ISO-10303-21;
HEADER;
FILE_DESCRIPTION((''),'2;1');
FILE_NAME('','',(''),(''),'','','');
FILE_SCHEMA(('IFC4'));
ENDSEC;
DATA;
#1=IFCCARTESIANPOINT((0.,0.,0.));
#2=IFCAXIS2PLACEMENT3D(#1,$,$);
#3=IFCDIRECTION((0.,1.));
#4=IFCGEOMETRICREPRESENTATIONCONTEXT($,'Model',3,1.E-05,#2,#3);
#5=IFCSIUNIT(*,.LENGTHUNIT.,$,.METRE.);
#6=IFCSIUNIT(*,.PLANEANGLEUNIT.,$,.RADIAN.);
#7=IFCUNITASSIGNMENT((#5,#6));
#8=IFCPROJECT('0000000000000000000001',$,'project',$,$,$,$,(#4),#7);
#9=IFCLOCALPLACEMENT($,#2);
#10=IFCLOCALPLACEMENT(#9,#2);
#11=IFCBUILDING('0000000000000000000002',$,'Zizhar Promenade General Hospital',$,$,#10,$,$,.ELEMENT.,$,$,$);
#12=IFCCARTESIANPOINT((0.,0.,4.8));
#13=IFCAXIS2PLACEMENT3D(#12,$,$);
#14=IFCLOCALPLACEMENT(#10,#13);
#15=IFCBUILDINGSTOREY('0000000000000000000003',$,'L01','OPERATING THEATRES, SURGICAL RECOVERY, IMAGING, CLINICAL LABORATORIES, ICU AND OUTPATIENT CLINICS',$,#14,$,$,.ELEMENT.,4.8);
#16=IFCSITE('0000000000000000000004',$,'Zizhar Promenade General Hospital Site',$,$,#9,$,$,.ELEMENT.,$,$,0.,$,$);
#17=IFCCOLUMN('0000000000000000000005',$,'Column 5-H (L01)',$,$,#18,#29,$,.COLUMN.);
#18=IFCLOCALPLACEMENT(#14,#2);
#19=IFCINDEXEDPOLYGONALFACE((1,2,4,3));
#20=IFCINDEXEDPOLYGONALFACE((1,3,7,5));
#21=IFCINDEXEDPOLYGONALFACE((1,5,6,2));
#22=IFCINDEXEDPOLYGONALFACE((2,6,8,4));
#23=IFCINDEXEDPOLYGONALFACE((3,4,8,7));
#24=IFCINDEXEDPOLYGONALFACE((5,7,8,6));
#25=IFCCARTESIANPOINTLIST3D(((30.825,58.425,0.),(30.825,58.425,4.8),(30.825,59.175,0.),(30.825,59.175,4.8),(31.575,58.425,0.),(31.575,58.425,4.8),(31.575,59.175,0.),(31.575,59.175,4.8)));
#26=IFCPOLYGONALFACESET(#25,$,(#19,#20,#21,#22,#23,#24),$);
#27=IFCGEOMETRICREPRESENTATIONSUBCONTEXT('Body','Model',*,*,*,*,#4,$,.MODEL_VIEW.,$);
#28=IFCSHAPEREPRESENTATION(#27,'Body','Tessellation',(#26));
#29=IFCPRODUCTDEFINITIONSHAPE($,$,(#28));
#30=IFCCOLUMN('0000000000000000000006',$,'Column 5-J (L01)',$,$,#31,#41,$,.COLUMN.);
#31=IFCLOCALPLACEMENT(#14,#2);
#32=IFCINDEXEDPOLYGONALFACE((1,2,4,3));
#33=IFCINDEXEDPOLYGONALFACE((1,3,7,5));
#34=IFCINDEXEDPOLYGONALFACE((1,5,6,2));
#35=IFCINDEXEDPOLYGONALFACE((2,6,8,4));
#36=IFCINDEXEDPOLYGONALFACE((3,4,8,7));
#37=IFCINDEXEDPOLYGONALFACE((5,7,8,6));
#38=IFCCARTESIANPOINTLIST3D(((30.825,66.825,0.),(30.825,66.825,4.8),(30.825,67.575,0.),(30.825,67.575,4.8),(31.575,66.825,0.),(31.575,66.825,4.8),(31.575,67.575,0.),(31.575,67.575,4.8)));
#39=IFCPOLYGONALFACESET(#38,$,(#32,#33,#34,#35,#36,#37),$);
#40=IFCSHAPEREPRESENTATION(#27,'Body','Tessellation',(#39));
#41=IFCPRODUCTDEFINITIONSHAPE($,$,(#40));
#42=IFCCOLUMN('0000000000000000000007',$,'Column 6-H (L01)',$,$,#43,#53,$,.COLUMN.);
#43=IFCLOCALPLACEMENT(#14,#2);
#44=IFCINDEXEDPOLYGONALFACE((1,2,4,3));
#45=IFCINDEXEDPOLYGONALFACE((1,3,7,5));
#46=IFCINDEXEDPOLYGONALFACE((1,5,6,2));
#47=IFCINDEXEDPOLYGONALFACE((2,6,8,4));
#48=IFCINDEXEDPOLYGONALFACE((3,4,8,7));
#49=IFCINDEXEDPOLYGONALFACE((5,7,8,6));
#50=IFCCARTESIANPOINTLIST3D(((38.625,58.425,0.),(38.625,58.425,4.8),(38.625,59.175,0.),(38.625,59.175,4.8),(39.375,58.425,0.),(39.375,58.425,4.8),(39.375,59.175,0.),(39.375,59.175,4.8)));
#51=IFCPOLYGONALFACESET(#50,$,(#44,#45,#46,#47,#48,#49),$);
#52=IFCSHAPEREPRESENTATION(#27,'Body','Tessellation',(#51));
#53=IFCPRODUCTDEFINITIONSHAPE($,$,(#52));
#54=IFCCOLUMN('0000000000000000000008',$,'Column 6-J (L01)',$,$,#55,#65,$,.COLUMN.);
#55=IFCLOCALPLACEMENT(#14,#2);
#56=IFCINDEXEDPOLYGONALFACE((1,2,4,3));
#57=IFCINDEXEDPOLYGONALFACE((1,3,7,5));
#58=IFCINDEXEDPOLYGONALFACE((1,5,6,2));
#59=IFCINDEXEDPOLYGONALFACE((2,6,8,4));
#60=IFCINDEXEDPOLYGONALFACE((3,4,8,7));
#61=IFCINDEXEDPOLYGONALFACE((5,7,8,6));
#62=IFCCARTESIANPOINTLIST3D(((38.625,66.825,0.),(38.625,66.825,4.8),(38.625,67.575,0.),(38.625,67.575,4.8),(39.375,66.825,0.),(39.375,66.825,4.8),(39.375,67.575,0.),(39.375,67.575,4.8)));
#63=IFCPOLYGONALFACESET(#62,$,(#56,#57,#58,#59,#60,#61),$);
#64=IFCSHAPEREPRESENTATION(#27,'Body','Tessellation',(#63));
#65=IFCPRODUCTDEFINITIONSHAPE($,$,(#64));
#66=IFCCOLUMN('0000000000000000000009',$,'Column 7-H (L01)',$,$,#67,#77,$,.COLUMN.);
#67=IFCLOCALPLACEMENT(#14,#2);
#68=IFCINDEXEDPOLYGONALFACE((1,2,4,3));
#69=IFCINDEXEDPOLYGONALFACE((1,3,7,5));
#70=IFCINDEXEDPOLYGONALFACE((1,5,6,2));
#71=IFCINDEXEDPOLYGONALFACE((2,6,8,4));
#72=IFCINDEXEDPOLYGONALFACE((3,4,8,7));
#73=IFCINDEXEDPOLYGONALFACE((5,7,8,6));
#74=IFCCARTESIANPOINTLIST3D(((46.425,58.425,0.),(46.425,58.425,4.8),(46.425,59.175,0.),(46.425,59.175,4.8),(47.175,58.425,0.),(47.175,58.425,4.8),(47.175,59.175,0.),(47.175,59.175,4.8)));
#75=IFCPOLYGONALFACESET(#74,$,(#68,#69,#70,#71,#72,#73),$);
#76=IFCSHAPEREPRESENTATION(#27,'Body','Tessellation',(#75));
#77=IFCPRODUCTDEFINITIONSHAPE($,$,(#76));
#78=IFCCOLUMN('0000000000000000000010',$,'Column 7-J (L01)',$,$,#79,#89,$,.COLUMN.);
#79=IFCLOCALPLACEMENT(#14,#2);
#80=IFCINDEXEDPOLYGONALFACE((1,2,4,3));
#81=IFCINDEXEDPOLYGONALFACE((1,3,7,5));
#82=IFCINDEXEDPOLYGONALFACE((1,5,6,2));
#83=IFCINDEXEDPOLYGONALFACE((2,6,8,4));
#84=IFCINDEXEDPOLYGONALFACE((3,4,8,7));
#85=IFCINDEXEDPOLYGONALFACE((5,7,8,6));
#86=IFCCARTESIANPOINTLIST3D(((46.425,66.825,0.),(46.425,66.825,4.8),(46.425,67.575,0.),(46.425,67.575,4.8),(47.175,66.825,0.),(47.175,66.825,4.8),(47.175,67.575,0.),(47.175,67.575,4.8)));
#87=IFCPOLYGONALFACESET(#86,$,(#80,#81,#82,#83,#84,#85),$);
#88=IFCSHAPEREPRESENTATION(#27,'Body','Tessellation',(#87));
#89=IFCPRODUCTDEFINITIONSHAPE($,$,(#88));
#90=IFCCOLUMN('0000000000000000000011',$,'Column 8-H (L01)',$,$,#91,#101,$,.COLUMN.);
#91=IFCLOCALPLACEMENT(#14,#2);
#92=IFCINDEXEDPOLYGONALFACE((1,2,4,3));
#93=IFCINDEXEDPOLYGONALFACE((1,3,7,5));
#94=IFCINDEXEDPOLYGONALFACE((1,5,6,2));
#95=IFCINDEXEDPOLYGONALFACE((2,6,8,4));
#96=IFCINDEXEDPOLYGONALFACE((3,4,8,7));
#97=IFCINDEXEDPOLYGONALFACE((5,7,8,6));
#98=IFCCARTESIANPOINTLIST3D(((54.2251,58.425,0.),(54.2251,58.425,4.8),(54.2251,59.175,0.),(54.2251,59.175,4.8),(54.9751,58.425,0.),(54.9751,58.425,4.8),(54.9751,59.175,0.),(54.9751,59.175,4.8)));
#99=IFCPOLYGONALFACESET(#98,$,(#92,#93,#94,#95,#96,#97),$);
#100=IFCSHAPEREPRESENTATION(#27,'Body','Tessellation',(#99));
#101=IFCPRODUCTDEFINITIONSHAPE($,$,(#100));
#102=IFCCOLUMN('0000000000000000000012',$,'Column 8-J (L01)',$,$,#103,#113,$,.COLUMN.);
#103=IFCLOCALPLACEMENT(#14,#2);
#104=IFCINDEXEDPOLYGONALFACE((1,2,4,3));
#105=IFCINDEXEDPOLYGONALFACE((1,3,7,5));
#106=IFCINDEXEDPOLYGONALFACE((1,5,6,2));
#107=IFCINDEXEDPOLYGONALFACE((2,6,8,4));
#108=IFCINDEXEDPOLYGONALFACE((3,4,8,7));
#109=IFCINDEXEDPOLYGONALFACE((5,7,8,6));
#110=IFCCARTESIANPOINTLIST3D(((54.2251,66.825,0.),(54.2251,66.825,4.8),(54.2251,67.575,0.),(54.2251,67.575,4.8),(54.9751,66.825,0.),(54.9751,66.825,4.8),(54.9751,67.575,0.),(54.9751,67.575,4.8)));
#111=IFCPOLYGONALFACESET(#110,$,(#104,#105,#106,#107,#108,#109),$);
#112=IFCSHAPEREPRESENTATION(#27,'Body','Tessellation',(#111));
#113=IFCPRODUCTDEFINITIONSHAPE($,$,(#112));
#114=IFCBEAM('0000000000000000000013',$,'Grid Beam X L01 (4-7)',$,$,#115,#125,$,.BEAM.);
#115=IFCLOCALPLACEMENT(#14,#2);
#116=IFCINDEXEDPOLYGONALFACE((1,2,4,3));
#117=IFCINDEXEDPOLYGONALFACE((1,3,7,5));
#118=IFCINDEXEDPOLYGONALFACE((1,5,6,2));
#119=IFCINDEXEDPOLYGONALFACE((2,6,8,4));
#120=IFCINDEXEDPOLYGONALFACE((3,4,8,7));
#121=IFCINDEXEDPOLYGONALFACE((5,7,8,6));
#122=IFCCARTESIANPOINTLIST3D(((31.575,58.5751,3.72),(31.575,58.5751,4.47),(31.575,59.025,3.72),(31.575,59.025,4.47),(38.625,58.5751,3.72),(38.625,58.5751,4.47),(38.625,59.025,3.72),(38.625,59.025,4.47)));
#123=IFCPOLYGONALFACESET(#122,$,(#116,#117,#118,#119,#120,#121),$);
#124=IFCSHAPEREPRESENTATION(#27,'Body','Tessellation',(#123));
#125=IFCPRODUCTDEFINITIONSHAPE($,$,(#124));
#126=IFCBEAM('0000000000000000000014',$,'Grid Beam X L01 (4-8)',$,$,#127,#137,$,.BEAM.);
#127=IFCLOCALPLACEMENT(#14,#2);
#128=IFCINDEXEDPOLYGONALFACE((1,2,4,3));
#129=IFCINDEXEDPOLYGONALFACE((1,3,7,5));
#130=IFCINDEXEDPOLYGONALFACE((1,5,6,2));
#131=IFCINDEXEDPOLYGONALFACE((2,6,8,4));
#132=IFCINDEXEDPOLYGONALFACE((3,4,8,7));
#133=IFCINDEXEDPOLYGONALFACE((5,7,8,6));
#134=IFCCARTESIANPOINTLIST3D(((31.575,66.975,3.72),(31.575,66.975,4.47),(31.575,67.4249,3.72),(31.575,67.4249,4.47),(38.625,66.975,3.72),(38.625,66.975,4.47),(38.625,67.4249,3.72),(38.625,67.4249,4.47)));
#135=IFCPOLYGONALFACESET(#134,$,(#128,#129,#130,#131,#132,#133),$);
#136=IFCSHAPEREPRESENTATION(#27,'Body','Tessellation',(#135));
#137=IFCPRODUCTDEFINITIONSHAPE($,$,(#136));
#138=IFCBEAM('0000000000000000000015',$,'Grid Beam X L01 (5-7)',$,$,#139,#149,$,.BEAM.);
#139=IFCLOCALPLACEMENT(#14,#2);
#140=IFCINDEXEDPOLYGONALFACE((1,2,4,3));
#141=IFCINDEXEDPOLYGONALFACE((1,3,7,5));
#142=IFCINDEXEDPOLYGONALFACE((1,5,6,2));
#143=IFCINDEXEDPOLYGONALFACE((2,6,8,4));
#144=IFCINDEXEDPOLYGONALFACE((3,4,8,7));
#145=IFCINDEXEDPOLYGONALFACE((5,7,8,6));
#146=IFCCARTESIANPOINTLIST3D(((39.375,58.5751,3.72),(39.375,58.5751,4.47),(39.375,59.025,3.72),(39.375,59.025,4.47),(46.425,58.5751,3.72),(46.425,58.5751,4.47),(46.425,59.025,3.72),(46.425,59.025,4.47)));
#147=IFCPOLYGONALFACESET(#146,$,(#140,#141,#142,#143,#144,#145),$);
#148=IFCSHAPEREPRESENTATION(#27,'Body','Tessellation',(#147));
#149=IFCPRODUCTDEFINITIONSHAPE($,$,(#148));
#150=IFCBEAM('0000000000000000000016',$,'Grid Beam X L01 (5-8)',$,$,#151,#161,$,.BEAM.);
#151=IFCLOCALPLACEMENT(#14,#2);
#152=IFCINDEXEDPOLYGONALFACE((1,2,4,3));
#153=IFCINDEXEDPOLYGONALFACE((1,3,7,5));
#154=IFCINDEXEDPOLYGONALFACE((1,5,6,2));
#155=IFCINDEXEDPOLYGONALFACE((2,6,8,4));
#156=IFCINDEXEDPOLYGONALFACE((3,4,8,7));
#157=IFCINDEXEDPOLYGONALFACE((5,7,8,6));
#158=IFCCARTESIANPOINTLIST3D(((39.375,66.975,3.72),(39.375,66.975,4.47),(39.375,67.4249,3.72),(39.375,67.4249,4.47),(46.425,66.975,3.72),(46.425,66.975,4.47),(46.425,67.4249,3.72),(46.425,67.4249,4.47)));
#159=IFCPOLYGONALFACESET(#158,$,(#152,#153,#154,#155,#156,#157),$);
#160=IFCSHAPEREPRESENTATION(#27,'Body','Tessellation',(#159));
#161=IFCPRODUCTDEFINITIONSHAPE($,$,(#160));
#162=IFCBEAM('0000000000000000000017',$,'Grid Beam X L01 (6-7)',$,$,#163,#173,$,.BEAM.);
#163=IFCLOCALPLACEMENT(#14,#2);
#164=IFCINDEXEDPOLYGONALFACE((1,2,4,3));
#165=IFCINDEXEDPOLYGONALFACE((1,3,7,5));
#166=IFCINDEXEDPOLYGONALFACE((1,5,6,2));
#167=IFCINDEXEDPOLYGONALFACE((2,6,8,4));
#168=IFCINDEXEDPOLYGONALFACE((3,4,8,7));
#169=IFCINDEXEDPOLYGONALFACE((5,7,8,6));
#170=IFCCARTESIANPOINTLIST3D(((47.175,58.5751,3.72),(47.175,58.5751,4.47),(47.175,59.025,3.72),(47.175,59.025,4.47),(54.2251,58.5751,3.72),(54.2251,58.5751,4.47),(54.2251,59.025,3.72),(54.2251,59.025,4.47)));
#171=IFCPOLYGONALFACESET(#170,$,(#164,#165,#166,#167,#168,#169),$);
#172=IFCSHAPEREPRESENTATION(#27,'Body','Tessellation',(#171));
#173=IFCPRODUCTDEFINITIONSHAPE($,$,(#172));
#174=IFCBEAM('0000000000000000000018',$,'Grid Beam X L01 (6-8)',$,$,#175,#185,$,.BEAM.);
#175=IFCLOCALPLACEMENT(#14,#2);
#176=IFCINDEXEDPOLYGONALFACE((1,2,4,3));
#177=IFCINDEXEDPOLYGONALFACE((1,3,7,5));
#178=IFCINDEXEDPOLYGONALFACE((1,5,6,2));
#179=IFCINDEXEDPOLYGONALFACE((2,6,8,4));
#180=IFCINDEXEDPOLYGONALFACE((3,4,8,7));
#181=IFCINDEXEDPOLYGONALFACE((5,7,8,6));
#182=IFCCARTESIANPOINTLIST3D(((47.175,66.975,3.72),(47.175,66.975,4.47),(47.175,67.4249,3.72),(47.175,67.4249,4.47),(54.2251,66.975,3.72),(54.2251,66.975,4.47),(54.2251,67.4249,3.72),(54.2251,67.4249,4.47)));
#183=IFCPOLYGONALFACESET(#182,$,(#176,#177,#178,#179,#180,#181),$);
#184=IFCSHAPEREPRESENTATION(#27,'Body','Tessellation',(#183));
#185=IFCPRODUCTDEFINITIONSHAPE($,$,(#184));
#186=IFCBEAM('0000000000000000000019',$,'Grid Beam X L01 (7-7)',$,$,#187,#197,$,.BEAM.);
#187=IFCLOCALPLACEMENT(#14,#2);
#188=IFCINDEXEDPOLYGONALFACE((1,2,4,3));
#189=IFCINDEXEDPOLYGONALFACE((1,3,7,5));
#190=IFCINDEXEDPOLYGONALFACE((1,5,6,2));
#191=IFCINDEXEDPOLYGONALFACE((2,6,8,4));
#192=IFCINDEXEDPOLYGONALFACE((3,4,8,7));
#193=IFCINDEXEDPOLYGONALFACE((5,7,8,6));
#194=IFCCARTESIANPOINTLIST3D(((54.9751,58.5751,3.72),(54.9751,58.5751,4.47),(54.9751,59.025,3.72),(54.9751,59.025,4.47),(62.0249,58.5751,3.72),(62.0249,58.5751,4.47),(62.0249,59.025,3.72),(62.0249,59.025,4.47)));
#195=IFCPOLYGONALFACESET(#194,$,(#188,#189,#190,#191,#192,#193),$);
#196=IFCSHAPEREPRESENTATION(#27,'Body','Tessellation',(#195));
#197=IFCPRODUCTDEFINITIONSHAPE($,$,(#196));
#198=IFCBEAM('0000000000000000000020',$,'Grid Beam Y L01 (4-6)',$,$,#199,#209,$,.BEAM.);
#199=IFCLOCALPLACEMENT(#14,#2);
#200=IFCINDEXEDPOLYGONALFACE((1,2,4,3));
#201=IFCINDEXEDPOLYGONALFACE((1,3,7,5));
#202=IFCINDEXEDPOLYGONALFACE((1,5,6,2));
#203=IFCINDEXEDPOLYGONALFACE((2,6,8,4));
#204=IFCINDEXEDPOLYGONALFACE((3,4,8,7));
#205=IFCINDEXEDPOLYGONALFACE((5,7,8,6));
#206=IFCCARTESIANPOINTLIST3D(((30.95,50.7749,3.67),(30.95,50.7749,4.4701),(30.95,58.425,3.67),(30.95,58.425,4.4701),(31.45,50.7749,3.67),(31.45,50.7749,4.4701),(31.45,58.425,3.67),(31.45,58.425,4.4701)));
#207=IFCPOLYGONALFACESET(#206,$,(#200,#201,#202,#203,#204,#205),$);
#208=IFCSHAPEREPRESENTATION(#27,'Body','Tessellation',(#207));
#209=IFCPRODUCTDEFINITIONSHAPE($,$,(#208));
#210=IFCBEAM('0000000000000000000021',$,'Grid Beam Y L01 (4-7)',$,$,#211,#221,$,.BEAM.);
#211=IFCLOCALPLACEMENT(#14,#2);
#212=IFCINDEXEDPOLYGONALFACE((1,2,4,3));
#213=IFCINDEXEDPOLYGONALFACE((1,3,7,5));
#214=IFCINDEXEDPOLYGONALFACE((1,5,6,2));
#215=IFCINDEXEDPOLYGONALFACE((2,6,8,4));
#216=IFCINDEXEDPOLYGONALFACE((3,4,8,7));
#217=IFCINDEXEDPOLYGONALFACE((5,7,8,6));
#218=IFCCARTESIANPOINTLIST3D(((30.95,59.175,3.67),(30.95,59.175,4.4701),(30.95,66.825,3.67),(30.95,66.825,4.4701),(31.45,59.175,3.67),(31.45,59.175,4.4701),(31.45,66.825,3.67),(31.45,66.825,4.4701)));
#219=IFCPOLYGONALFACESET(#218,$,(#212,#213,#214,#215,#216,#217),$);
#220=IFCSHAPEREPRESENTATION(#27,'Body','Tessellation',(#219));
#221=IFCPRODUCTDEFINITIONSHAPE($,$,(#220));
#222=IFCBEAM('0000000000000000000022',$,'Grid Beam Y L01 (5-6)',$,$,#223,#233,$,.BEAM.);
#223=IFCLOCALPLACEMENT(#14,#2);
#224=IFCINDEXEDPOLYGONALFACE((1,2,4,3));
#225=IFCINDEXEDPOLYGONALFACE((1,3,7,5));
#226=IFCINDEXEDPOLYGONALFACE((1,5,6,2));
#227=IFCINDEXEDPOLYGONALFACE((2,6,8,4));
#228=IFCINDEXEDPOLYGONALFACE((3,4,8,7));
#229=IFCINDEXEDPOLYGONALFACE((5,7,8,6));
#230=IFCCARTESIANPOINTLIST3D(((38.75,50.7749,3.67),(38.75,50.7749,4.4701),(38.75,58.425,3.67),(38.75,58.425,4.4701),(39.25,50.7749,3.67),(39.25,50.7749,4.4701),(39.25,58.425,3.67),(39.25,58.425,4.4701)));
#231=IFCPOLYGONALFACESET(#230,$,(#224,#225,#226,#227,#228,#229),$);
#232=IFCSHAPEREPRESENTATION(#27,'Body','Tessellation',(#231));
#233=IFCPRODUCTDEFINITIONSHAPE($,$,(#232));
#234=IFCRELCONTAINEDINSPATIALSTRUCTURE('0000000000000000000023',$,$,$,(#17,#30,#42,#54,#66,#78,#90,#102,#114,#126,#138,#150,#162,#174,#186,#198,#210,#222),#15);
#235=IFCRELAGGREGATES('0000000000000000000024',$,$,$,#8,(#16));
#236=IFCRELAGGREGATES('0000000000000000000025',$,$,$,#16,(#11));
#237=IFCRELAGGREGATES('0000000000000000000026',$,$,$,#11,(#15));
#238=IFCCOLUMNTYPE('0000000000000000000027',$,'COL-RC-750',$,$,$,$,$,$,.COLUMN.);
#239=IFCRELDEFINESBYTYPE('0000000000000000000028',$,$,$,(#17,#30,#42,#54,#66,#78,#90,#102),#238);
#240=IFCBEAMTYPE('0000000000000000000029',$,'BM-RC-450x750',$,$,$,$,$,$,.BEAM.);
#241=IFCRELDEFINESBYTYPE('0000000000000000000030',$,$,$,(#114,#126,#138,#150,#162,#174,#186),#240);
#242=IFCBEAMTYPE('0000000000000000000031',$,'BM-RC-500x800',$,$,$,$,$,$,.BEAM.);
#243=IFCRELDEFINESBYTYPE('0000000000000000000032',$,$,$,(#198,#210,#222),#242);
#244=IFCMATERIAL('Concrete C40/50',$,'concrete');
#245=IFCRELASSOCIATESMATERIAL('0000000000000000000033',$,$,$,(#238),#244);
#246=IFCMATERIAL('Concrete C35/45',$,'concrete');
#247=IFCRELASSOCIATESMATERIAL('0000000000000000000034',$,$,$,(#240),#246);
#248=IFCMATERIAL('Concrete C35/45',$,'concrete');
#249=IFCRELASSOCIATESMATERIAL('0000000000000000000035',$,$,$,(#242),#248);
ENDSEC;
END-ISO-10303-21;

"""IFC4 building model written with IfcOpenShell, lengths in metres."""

from ifc_helpers import new_model, si_unit, direction, frame, origin, origin_2d, place, context, subcontext, project, spatial, rectangle, extrude, material, material_profile, profile_set, type_object, element, save


model = new_model("IFC4")

# Units and contexts
model_context = context("Model", 3, precision=1e-05, world=origin(), true_north=direction((0.0, 1.0)))
body_context = subcontext(model_context, "Body", "Model", "MODEL_VIEW")
ifc_project = project(units=[si_unit("LENGTHUNIT", "METRE"), si_unit("PLANEANGLEUNIT", "RADIAN")], contexts=[model_context])

# Site, building, storey
site_placement = place(None, origin())
site = spatial("IfcSite", under=ifc_project, at=site_placement, Name="Zizhar Promenade General Hospital Site", CompositionType="ELEMENT", RefElevation=0.0)
building_placement = place(site_placement, origin())
building = spatial("IfcBuilding", under=site, at=building_placement, Name="Zizhar Promenade General Hospital", CompositionType="ELEMENT")
storey_placement = place(building_placement, frame((0.0, 0.0, 4.8)))
storey = spatial("IfcBuildingStorey", under=building, at=storey_placement, Name="L01", Description="OPERATING THEATRES, SURGICAL RECOVERY, IMAGING, CLINICAL LABORATORIES, ICU AND OUTPATIENT CLINICS", CompositionType="ELEMENT", Elevation=4.8)

# Columns
ifc_material_1 = material(Name="Concrete C40/50", Category="concrete")
ifc_material_profile_1 = material_profile(ifc_material_1, rectangle(XDim=0.75, YDim=0.75, at=origin_2d()))
ifc_profile_set_1 = profile_set([ifc_material_profile_1], Name="Concrete C40/50")
column_type = type_object("IfcColumnType", Name="COL-RC-750", PredefinedType="COLUMN", material=ifc_profile_set_1)
for number, where, z_axis, x_axis, name in (
    (1, (31.2, 58.8, 0.0), (0.0, 0.0, 1.0), (1.0, 0.0, 0.0), "Column 5-H (L01)"),
    (2, (31.2, 67.2, 0.0), (0.0, 0.0, 1.0), (1.0, 0.0, 0.0), "Column 5-J (L01)"),
    (3, (39.0, 58.8, 0.0), (0.0, 0.0, 1.0), (1.0, 0.0, 0.0), "Column 6-H (L01)"),
    (4, (39.0, 67.2, 0.0), (0.0, 0.0, 1.0), (1.0, 0.0, 0.0), "Column 6-J (L01)"),
    (5, (46.8, 58.8, 0.0), (0.0, 0.0, 1.0), (1.0, 0.0, 0.0), "Column 7-H (L01)"),
    (6, (46.8, 67.2, 0.0), (0.0, 0.0, 1.0), (1.0, 0.0, 0.0), "Column 7-J (L01)"),
    (7, (54.6001, 58.8, 0.0), (0.0, 0.0, 1.0), (1.0, 0.0, 0.0), "Column 8-H (L01)"),
    (8, (54.6001, 67.2, 0.0), (0.0, 0.0, 1.0), (1.0, 0.0, 0.0), "Column 8-J (L01)"),
):
    element("IfcColumn", number, at=place(storey_placement, frame(where, z_axis=z_axis, x_axis=x_axis)), inside=storey, type_object=column_type, Name=name, PredefinedType="COLUMN", context=body_context, shape_type="SweptSolid", body=[
        extrude(rectangle(XDim=0.75, YDim=0.75, at=origin_2d()), origin(), (0.0, 0.0, 1.0), 4.8),
    ])

# Beams
ifc_material_2 = material(Name="Concrete C35/45", Category="concrete")
ifc_material_profile_2 = material_profile(ifc_material_2, rectangle(XDim=0.45, YDim=0.75, at=origin_2d()))
ifc_profile_set_2 = profile_set([ifc_material_profile_2], Name="Concrete C35/45")
beam_type_1 = type_object("IfcBeamType", Name="BM-RC-450x750", PredefinedType="BEAM", material=ifc_profile_set_2)
for number, where, z_axis, x_axis, name in (
    (9, (31.575, 58.8, 4.095), (1.0, 0.0, 0.0), (0.0, 1.0, 0.0), "Grid Beam X L01 (4-7)"),
    (10, (31.575, 67.2, 4.095), (1.0, 0.0, 0.0), (0.0, 1.0, 0.0), "Grid Beam X L01 (4-8)"),
    (11, (39.375, 58.8, 4.095), (1.0, 0.0, 0.0), (0.0, 1.0, 0.0), "Grid Beam X L01 (5-7)"),
    (12, (39.375, 67.2, 4.095), (1.0, 0.0, 0.0), (0.0, 1.0, 0.0), "Grid Beam X L01 (5-8)"),
    (13, (47.175, 58.8, 4.095), (1.0, 0.0, 0.0), (0.0, 1.0, 0.0), "Grid Beam X L01 (6-7)"),
    (14, (47.175, 67.2, 4.095), (1.0, 0.0, 0.0), (0.0, 1.0, 0.0), "Grid Beam X L01 (6-8)"),
):
    element("IfcBeam", number, at=place(storey_placement, frame(where, z_axis=z_axis, x_axis=x_axis)), inside=storey, type_object=beam_type_1, Name=name, PredefinedType="BEAM", context=body_context, shape_type="SweptSolid", body=[
        extrude(rectangle(XDim=0.45, YDim=0.75, at=origin_2d()), origin(), (0.0, 0.0, 1.0), 7.05),
    ])
beam_1_placement = place(storey_placement, frame((54.9751, 58.8, 4.095), z_axis=(1.0, 0.0, 0.0), x_axis=(0.0, 1.0, 0.0)))
element("IfcBeam", 15, at=beam_1_placement, inside=storey, type_object=beam_type_1, Name="Grid Beam X L01 (7-7)", PredefinedType="BEAM", context=body_context, shape_type="SweptSolid", body=[
    extrude(rectangle(XDim=0.45, YDim=0.75, at=origin_2d()), origin(), (0.0, 0.0, 1.0), 7.0498),
])
ifc_material_3 = material(Name="Concrete C35/45", Category="concrete")
ifc_material_profile_3 = material_profile(ifc_material_3, rectangle(XDim=0.5, YDim=0.8, at=origin_2d()))
ifc_profile_set_3 = profile_set([ifc_material_profile_3], Name="Concrete C35/45")
beam_type_2 = type_object("IfcBeamType", Name="BM-RC-500x800", PredefinedType="BEAM", material=ifc_profile_set_3)
beam_2_placement = place(storey_placement, frame((31.2, 50.7749, 4.0701), z_axis=(0.0, 1.0, 0.0), x_axis=(-1.0, 0.0, 0.0)))
element("IfcBeam", 16, at=beam_2_placement, inside=storey, type_object=beam_type_2, Name="Grid Beam Y L01 (4-6)", PredefinedType="BEAM", context=body_context, shape_type="SweptSolid", body=[
    extrude(rectangle(XDim=0.5, YDim=0.8, at=origin_2d()), origin(), (0.0, 0.0, 1.0), 7.6501),
])
beam_3_placement = place(storey_placement, frame((31.2, 59.175, 4.0701), z_axis=(0.0, 1.0, 0.0), x_axis=(-1.0, 0.0, 0.0)))
element("IfcBeam", 17, at=beam_3_placement, inside=storey, type_object=beam_type_2, Name="Grid Beam Y L01 (4-7)", PredefinedType="BEAM", context=body_context, shape_type="SweptSolid", body=[
    extrude(rectangle(XDim=0.5, YDim=0.8, at=origin_2d()), origin(), (0.0, 0.0, 1.0), 7.6499),
])
beam_4_placement = place(storey_placement, frame((39.0, 50.7749, 4.0701), z_axis=(0.0, 1.0, 0.0), x_axis=(-1.0, 0.0, 0.0)))
element("IfcBeam", 18, at=beam_4_placement, inside=storey, type_object=beam_type_2, Name="Grid Beam Y L01 (5-6)", PredefinedType="BEAM", context=body_context, shape_type="SweptSolid", body=[
    extrude(rectangle(XDim=0.5, YDim=0.8, at=origin_2d()), origin(), (0.0, 0.0, 1.0), 7.6501),
])

save(model, "model.ifc")
